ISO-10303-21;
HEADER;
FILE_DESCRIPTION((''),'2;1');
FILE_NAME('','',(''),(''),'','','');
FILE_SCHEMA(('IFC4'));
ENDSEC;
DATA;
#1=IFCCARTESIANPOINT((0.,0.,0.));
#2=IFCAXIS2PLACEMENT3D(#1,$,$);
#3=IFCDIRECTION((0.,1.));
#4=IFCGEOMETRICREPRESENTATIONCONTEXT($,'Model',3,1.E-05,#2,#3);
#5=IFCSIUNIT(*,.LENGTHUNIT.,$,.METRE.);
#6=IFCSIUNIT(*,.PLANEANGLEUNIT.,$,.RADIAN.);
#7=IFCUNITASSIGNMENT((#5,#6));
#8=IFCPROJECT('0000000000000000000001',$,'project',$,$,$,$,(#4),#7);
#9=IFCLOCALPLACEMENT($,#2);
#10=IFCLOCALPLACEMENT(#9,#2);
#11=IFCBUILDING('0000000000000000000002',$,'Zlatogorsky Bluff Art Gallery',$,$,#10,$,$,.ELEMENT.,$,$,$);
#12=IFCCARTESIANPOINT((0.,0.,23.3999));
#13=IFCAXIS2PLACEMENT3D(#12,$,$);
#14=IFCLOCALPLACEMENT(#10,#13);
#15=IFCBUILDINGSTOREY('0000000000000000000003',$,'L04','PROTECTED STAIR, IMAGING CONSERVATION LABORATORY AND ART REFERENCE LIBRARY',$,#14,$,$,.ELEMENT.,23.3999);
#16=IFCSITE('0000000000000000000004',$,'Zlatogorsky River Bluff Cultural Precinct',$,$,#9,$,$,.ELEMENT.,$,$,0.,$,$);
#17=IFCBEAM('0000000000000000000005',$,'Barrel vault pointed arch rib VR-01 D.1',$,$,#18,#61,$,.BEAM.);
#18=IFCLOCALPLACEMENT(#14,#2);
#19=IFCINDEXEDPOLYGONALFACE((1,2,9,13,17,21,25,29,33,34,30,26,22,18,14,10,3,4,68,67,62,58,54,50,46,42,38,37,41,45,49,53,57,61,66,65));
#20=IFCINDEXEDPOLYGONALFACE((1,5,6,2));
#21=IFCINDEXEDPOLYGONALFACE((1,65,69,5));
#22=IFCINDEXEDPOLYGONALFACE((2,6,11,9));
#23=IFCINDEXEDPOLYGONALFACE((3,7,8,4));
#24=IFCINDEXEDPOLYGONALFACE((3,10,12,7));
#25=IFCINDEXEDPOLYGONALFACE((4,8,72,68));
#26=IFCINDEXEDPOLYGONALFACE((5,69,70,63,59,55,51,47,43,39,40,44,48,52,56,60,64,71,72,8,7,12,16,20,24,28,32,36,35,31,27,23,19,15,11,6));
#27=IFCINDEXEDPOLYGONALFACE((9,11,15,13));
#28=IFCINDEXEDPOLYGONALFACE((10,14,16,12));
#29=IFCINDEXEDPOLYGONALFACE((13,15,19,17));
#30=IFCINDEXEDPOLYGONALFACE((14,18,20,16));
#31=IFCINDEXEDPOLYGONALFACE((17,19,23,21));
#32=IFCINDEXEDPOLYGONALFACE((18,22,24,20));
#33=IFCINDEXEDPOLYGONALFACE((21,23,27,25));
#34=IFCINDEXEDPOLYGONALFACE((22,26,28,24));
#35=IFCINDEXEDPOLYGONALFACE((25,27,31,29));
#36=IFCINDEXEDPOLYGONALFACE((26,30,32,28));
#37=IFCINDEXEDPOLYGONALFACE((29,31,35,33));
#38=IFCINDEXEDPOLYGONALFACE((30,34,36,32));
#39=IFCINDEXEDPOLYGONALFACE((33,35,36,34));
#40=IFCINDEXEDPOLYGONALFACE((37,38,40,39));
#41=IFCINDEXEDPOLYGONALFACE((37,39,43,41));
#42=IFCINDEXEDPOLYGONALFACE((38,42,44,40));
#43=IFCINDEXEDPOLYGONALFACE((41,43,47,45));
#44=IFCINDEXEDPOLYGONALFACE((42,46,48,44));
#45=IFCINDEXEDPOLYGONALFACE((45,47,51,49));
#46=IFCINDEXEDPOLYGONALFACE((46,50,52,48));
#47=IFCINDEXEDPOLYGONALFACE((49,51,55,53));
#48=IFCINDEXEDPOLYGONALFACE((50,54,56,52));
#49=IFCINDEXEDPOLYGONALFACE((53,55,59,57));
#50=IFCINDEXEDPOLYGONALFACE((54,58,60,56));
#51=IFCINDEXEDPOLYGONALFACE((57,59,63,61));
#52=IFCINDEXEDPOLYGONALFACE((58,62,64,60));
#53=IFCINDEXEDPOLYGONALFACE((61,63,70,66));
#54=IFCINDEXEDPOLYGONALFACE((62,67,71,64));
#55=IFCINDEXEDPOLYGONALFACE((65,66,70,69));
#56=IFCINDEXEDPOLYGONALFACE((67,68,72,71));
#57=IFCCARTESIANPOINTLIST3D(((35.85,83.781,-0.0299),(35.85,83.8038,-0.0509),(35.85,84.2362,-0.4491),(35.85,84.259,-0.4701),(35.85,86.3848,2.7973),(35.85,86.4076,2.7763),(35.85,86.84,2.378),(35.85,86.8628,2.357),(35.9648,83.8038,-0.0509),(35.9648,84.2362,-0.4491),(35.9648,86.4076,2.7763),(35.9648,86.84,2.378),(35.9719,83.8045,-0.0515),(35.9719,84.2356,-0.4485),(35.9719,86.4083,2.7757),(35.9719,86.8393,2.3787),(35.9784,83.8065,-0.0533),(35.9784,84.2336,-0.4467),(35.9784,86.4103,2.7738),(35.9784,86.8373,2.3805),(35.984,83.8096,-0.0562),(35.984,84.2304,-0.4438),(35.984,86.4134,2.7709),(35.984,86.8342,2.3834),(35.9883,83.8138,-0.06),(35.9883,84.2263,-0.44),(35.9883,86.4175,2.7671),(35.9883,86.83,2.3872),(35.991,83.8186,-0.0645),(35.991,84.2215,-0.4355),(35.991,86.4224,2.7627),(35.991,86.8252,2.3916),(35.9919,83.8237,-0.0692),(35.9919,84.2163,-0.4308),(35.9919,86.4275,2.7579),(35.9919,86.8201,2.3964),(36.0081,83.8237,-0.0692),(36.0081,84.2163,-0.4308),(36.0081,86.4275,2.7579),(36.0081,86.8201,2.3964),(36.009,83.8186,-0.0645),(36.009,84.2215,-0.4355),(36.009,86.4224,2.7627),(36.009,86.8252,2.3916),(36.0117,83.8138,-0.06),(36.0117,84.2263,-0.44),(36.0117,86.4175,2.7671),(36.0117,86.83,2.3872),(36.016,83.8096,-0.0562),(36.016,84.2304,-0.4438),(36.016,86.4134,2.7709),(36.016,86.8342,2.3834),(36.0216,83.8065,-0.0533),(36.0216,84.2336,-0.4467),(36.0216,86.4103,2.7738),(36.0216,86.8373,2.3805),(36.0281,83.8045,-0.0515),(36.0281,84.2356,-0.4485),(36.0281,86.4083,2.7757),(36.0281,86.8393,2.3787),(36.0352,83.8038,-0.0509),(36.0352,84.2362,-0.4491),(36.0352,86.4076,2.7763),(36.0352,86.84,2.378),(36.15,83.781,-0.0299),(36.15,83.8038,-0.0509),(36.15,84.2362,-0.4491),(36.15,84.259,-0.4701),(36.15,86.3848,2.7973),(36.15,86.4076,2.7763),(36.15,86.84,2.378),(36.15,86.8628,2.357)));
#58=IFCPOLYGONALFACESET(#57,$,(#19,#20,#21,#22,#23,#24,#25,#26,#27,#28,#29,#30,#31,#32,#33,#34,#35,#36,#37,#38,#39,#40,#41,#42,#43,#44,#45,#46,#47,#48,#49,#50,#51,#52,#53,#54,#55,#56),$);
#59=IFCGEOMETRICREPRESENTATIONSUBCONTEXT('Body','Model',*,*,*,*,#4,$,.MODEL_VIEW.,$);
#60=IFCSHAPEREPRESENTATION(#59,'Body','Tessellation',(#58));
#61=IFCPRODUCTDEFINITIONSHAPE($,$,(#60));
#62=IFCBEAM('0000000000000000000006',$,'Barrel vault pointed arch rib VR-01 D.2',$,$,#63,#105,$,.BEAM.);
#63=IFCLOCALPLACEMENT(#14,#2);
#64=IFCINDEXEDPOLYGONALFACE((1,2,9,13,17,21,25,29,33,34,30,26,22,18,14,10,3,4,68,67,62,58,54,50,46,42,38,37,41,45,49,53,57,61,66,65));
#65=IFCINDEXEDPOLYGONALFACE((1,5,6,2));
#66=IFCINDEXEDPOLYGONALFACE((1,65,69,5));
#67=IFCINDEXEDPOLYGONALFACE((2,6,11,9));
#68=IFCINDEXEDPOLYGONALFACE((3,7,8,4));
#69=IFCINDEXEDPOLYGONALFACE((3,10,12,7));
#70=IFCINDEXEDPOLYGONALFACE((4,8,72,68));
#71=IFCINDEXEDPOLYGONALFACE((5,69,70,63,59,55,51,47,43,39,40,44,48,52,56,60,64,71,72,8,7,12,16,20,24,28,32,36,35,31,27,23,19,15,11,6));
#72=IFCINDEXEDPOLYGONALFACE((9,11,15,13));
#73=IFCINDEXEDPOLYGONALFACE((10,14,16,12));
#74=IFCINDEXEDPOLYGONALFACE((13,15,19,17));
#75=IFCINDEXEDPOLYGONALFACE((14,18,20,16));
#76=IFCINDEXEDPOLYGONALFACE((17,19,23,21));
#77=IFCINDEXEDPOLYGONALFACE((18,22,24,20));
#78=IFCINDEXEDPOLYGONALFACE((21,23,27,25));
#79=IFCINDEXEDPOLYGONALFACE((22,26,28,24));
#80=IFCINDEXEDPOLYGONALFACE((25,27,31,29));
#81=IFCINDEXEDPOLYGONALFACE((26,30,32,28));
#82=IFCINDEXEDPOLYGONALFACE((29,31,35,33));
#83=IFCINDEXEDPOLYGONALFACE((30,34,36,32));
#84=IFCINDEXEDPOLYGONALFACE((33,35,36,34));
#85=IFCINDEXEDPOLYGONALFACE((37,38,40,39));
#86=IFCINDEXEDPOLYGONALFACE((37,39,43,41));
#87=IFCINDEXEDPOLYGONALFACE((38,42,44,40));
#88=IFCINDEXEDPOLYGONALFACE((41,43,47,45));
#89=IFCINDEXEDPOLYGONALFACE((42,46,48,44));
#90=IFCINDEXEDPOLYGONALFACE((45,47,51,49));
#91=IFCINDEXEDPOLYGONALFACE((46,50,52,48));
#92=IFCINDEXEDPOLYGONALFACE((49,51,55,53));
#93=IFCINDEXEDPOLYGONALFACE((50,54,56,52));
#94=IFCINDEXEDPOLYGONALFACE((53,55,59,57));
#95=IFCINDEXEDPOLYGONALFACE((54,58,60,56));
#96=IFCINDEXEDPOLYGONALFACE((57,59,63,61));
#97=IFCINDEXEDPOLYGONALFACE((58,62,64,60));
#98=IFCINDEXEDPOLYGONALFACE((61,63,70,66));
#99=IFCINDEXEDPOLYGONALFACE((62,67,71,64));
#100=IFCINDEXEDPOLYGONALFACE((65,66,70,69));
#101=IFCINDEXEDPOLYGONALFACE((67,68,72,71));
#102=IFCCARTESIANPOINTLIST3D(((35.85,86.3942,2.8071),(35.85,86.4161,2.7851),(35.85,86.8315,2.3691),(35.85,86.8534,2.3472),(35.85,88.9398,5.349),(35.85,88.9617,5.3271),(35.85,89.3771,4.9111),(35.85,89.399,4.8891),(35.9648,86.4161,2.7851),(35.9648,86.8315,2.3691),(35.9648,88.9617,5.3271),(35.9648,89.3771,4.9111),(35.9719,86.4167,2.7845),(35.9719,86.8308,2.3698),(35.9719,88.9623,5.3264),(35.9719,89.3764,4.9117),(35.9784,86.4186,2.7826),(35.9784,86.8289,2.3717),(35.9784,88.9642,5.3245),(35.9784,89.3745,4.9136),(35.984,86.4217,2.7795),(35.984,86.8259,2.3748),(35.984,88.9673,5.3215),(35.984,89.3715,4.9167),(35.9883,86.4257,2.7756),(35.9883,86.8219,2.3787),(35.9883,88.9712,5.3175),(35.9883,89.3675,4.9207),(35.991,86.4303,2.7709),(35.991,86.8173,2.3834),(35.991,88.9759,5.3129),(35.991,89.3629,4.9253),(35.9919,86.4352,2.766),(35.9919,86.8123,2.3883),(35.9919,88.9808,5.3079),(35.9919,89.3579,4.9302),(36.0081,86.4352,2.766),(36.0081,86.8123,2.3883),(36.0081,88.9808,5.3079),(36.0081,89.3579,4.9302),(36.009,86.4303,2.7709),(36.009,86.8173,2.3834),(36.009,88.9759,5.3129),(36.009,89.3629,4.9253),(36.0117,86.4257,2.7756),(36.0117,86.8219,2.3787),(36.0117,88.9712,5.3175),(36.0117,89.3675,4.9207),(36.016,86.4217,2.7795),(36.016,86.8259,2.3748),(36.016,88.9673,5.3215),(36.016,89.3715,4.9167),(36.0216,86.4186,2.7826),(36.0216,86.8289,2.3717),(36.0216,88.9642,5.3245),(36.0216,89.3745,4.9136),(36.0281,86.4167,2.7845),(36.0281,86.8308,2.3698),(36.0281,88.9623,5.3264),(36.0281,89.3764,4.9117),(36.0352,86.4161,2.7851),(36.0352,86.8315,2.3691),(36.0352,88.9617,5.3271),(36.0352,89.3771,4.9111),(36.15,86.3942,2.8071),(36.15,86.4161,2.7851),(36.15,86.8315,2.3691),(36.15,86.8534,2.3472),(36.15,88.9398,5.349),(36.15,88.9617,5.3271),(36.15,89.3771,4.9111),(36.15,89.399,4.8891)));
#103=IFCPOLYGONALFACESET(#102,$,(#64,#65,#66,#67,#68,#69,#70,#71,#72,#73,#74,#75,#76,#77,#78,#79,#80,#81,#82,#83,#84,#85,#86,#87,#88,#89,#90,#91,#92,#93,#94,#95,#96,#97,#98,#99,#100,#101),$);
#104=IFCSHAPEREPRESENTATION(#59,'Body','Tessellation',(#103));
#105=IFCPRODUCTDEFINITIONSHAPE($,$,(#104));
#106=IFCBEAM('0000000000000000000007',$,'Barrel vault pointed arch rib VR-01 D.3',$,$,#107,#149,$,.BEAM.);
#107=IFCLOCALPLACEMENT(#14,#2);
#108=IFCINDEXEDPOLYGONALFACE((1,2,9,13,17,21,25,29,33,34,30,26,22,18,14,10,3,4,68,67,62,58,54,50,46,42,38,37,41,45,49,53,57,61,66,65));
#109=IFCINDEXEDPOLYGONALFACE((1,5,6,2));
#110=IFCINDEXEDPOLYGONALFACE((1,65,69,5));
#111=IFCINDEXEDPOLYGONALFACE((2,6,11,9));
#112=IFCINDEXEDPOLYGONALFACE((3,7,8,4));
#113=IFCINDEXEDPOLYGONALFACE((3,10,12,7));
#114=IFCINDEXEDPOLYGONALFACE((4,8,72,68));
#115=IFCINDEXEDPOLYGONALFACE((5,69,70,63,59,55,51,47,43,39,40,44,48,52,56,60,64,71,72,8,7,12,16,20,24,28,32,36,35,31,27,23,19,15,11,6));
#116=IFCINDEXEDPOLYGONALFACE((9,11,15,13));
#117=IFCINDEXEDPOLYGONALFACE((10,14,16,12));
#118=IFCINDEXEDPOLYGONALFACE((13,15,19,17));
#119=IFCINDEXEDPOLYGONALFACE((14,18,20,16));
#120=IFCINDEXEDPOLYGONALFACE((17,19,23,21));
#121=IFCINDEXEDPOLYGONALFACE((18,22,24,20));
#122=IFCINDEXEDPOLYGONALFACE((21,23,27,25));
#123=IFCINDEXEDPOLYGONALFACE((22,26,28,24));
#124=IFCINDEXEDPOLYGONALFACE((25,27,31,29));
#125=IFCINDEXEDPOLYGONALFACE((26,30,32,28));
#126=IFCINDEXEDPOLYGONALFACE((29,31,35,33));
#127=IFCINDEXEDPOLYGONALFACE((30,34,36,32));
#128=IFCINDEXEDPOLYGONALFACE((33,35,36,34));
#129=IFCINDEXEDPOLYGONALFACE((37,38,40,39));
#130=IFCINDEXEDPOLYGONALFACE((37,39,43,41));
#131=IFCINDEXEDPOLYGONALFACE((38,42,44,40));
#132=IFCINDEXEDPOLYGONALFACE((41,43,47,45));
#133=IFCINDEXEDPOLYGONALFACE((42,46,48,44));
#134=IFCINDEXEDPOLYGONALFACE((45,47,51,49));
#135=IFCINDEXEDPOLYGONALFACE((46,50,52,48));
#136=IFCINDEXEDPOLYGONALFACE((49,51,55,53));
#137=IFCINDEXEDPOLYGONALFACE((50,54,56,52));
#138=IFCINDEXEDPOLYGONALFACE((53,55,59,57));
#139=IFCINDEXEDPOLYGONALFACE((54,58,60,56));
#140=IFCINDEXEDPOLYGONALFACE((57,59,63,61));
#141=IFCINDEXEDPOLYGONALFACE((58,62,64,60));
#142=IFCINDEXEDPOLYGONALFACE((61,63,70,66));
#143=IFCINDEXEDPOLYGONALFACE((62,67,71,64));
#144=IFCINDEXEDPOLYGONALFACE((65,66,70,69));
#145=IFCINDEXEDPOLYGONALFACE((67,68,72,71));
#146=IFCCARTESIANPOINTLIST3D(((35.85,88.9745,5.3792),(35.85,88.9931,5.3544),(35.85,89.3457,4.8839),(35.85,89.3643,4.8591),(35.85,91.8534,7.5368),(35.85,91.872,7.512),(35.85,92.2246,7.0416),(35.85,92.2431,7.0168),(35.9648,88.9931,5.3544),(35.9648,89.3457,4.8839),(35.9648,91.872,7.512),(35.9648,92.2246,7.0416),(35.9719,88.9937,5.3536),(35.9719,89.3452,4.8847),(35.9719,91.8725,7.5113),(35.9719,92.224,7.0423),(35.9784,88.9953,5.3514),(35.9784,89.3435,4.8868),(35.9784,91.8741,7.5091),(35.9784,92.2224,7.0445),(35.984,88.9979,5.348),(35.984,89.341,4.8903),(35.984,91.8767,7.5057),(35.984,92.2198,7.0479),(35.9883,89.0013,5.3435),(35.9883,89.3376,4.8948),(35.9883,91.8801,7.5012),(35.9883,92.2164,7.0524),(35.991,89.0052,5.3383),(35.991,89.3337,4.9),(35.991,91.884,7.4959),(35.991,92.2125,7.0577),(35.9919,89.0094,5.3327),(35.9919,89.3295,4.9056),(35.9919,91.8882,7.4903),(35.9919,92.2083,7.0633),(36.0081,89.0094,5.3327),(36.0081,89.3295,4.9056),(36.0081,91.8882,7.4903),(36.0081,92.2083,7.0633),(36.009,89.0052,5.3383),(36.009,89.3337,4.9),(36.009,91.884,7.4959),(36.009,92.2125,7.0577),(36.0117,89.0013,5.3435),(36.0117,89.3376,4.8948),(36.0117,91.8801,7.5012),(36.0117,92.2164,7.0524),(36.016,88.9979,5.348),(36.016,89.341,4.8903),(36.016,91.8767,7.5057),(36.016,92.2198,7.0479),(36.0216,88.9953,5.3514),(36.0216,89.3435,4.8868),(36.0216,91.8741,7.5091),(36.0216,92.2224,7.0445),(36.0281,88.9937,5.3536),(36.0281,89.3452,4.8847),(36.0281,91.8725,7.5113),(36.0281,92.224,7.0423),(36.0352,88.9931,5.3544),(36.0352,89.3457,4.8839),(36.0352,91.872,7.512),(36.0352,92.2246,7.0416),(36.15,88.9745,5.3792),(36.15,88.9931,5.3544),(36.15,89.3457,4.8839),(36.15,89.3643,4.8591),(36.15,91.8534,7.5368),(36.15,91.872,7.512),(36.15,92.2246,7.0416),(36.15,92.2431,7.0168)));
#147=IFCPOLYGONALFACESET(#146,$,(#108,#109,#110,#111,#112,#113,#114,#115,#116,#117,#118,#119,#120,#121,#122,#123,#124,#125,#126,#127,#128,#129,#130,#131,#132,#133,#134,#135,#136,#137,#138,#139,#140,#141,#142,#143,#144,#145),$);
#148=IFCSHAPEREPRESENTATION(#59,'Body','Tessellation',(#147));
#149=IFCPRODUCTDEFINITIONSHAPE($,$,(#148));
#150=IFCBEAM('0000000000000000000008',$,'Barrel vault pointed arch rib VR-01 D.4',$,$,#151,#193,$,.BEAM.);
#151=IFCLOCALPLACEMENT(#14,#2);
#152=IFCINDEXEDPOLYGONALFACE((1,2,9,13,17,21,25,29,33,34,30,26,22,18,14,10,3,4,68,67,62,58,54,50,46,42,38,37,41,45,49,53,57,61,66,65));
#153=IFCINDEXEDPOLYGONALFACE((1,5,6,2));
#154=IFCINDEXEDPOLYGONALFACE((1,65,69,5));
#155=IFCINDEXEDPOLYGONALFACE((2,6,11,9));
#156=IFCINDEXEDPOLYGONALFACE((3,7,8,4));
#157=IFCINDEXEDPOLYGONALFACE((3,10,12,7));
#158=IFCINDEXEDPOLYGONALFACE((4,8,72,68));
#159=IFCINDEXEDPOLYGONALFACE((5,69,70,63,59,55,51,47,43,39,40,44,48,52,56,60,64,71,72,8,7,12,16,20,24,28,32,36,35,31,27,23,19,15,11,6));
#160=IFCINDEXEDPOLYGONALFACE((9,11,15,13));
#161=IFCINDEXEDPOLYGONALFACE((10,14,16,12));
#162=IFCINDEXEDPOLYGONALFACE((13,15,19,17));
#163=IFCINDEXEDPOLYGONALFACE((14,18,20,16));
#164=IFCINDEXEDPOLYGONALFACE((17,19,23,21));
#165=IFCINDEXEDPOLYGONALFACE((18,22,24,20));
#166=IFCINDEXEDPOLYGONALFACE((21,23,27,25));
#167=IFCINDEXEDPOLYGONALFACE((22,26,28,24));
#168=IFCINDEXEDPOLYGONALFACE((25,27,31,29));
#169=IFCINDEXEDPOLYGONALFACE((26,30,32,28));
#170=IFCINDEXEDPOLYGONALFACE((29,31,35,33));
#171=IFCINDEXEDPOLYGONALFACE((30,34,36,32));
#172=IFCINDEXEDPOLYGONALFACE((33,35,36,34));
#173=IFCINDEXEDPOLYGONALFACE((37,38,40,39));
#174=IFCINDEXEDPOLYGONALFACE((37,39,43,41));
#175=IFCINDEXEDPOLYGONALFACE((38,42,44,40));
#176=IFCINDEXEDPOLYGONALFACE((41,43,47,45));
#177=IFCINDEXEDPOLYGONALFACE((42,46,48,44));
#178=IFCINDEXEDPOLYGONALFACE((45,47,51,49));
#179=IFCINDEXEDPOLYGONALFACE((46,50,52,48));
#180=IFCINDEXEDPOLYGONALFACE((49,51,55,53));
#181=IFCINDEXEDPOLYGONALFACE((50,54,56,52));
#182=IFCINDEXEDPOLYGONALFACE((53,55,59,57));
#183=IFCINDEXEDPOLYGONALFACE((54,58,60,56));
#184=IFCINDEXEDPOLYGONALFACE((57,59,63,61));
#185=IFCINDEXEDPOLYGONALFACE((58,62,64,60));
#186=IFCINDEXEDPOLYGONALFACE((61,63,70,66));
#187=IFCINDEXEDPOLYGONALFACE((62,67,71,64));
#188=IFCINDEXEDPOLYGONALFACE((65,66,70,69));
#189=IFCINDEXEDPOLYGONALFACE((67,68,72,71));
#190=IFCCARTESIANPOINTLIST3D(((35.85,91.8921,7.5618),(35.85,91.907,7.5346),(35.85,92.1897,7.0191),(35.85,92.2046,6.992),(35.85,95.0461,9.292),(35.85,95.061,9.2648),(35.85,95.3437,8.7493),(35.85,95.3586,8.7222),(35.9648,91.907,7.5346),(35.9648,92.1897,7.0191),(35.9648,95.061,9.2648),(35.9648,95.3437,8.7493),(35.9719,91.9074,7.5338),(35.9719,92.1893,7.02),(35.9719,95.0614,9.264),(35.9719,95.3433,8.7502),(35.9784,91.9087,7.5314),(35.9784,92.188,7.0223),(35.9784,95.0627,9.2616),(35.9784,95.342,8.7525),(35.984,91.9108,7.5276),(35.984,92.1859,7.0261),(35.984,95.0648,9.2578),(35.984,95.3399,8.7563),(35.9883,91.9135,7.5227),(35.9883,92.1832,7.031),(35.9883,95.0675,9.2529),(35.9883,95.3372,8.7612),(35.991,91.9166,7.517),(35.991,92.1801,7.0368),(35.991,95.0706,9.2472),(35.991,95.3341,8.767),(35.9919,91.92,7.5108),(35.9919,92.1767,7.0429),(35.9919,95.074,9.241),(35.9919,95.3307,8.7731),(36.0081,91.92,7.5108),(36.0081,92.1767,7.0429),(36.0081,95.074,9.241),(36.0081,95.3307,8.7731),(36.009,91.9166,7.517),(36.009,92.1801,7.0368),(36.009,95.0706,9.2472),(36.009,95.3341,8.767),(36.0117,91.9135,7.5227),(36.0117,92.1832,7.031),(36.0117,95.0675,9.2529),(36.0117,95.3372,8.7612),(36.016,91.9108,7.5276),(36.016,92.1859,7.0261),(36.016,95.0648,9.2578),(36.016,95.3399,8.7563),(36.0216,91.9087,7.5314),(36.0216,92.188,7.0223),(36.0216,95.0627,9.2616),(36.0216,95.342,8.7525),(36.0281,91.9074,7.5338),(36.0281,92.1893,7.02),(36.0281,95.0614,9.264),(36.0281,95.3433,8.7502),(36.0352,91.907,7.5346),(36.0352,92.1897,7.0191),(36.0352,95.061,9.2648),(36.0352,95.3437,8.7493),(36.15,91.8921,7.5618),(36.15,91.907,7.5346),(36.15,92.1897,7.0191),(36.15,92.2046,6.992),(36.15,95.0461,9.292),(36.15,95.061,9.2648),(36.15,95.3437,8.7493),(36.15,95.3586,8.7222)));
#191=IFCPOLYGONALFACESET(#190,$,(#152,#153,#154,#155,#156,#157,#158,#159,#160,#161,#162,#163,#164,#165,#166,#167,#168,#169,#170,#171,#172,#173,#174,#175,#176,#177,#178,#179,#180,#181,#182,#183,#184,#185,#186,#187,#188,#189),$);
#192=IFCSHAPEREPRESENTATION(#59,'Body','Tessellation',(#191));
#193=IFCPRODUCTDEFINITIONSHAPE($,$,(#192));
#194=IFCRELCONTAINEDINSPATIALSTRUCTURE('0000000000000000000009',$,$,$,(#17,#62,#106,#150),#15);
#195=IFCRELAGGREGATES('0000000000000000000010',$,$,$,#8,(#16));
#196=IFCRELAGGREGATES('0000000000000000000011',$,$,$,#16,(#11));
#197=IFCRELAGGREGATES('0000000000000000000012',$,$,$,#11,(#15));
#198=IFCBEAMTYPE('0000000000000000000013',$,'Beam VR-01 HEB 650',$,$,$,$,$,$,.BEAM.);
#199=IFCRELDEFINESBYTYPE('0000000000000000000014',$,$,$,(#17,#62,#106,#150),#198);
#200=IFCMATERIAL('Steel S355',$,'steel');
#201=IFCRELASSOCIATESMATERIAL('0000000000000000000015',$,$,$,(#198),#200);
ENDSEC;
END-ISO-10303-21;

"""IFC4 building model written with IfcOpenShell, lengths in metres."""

from ifc_helpers import new_model, si_unit, direction, frame, origin, origin_2d, place, context, subcontext, project, spatial, i_section, extrude, material, material_profile, profile_set, type_object, element, save


model = new_model("IFC4")

# Units and contexts
model_context = context("Model", 3, precision=1e-05, world=origin(), true_north=direction((0.0, 1.0)))
body_context = subcontext(model_context, "Body", "Model", "MODEL_VIEW")
ifc_project = project(units=[si_unit("LENGTHUNIT", "METRE"), si_unit("PLANEANGLEUNIT", "RADIAN")], contexts=[model_context])

# Site, building, storey
site_placement = place(None, origin())
site = spatial("IfcSite", under=ifc_project, at=site_placement, Name="Zlatogorsky River Bluff Cultural Precinct", CompositionType="ELEMENT", RefElevation=0.0)
building_placement = place(site_placement, origin())
building = spatial("IfcBuilding", under=site, at=building_placement, Name="Zlatogorsky Bluff Art Gallery", CompositionType="ELEMENT")
storey_placement = place(building_placement, frame((0.0, 0.0, 23.3999)))
storey = spatial("IfcBuildingStorey", under=building, at=storey_placement, Name="L04", Description="PROTECTED STAIR, IMAGING CONSERVATION LABORATORY AND ART REFERENCE LIBRARY", CompositionType="ELEMENT", Elevation=23.3999)

# Beams
ifc_material_1 = material(Name="Steel S355", Category="steel")
ifc_material_profile_1 = material_profile(ifc_material_1, i_section(OverallWidth=0.3, OverallDepth=0.6499, WebThickness=0.0161, FlangeThickness=0.031, FilletRadius=0.0271, at=origin_2d()), Name="HEB 650")
ifc_profile_set_1 = profile_set([ifc_material_profile_1], Name="Steel S355")
beam_type_1 = type_object("IfcBeamType", Name="Beam VR-01 HEB 650", PredefinedType="BEAM", material=ifc_profile_set_1)
beam_1_placement = place(storey_placement, frame((36.0, 84.02, -0.25), z_axis=(0.0, 0.677449, 0.73557), x_axis=(-1.0, 0.0, 0.0)))
element("IfcBeam", 1, at=beam_1_placement, inside=storey, type_object=beam_type_1, Name="Barrel vault pointed arch rib VR-01 D.1", PredefinedType="BEAM", context=body_context, shape_type="SweptSolid", body=[
    extrude(i_section(OverallWidth=0.3, OverallDepth=0.6499, WebThickness=0.0161, FlangeThickness=0.031, FilletRadius=0.0271, at=origin_2d()), origin(), (0.0, 0.0, 1.0), 3.8435),
])
beam_2_placement = place(storey_placement, frame((36.0, 86.6238, 2.5771), z_axis=(0.0, 0.707616, 0.706598), x_axis=(-1.0, 0.0, 0.0)))
element("IfcBeam", 2, at=beam_2_placement, inside=storey, type_object=beam_type_1, Name="Barrel vault pointed arch rib VR-01 D.2", PredefinedType="BEAM", context=body_context, shape_type="SweptSolid", body=[
    extrude(i_section(OverallWidth=0.3, OverallDepth=0.6499, WebThickness=0.0161, FlangeThickness=0.031, FilletRadius=0.0271, at=origin_2d()), origin(), (0.0, 0.0, 1.0), 3.5974),
])
beam_3_placement = place(storey_placement, frame((36.0, 89.1694, 5.1191), z_axis=(0.0, 0.800195, 0.599739), x_axis=(-1.0, 0.0, 0.0)))
element("IfcBeam", 3, at=beam_3_placement, inside=storey, type_object=beam_type_1, Name="Barrel vault pointed arch rib VR-01 D.3", PredefinedType="BEAM", context=body_context, shape_type="SweptSolid", body=[
    extrude(i_section(OverallWidth=0.3, OverallDepth=0.6499, WebThickness=0.0161, FlangeThickness=0.031, FilletRadius=0.0271, at=origin_2d()), origin(), (0.0, 0.0, 1.0), 3.5977),
])
beam_4_placement = place(storey_placement, frame((36.0, 92.0483, 7.2769), z_axis=(0.0, 0.876744, 0.480957), x_axis=(-1.0, 0.0, 0.0)))
element("IfcBeam", 4, at=beam_4_placement, inside=storey, type_object=beam_type_1, Name="Barrel vault pointed arch rib VR-01 D.4", PredefinedType="BEAM", context=body_context, shape_type="SweptSolid", body=[
    extrude(i_section(OverallWidth=0.3, OverallDepth=0.6499, WebThickness=0.0161, FlangeThickness=0.031, FilletRadius=0.0271, at=origin_2d()), origin(), (0.0, 0.0, 1.0), 3.5974),
])

save(model, "model.ifc")
